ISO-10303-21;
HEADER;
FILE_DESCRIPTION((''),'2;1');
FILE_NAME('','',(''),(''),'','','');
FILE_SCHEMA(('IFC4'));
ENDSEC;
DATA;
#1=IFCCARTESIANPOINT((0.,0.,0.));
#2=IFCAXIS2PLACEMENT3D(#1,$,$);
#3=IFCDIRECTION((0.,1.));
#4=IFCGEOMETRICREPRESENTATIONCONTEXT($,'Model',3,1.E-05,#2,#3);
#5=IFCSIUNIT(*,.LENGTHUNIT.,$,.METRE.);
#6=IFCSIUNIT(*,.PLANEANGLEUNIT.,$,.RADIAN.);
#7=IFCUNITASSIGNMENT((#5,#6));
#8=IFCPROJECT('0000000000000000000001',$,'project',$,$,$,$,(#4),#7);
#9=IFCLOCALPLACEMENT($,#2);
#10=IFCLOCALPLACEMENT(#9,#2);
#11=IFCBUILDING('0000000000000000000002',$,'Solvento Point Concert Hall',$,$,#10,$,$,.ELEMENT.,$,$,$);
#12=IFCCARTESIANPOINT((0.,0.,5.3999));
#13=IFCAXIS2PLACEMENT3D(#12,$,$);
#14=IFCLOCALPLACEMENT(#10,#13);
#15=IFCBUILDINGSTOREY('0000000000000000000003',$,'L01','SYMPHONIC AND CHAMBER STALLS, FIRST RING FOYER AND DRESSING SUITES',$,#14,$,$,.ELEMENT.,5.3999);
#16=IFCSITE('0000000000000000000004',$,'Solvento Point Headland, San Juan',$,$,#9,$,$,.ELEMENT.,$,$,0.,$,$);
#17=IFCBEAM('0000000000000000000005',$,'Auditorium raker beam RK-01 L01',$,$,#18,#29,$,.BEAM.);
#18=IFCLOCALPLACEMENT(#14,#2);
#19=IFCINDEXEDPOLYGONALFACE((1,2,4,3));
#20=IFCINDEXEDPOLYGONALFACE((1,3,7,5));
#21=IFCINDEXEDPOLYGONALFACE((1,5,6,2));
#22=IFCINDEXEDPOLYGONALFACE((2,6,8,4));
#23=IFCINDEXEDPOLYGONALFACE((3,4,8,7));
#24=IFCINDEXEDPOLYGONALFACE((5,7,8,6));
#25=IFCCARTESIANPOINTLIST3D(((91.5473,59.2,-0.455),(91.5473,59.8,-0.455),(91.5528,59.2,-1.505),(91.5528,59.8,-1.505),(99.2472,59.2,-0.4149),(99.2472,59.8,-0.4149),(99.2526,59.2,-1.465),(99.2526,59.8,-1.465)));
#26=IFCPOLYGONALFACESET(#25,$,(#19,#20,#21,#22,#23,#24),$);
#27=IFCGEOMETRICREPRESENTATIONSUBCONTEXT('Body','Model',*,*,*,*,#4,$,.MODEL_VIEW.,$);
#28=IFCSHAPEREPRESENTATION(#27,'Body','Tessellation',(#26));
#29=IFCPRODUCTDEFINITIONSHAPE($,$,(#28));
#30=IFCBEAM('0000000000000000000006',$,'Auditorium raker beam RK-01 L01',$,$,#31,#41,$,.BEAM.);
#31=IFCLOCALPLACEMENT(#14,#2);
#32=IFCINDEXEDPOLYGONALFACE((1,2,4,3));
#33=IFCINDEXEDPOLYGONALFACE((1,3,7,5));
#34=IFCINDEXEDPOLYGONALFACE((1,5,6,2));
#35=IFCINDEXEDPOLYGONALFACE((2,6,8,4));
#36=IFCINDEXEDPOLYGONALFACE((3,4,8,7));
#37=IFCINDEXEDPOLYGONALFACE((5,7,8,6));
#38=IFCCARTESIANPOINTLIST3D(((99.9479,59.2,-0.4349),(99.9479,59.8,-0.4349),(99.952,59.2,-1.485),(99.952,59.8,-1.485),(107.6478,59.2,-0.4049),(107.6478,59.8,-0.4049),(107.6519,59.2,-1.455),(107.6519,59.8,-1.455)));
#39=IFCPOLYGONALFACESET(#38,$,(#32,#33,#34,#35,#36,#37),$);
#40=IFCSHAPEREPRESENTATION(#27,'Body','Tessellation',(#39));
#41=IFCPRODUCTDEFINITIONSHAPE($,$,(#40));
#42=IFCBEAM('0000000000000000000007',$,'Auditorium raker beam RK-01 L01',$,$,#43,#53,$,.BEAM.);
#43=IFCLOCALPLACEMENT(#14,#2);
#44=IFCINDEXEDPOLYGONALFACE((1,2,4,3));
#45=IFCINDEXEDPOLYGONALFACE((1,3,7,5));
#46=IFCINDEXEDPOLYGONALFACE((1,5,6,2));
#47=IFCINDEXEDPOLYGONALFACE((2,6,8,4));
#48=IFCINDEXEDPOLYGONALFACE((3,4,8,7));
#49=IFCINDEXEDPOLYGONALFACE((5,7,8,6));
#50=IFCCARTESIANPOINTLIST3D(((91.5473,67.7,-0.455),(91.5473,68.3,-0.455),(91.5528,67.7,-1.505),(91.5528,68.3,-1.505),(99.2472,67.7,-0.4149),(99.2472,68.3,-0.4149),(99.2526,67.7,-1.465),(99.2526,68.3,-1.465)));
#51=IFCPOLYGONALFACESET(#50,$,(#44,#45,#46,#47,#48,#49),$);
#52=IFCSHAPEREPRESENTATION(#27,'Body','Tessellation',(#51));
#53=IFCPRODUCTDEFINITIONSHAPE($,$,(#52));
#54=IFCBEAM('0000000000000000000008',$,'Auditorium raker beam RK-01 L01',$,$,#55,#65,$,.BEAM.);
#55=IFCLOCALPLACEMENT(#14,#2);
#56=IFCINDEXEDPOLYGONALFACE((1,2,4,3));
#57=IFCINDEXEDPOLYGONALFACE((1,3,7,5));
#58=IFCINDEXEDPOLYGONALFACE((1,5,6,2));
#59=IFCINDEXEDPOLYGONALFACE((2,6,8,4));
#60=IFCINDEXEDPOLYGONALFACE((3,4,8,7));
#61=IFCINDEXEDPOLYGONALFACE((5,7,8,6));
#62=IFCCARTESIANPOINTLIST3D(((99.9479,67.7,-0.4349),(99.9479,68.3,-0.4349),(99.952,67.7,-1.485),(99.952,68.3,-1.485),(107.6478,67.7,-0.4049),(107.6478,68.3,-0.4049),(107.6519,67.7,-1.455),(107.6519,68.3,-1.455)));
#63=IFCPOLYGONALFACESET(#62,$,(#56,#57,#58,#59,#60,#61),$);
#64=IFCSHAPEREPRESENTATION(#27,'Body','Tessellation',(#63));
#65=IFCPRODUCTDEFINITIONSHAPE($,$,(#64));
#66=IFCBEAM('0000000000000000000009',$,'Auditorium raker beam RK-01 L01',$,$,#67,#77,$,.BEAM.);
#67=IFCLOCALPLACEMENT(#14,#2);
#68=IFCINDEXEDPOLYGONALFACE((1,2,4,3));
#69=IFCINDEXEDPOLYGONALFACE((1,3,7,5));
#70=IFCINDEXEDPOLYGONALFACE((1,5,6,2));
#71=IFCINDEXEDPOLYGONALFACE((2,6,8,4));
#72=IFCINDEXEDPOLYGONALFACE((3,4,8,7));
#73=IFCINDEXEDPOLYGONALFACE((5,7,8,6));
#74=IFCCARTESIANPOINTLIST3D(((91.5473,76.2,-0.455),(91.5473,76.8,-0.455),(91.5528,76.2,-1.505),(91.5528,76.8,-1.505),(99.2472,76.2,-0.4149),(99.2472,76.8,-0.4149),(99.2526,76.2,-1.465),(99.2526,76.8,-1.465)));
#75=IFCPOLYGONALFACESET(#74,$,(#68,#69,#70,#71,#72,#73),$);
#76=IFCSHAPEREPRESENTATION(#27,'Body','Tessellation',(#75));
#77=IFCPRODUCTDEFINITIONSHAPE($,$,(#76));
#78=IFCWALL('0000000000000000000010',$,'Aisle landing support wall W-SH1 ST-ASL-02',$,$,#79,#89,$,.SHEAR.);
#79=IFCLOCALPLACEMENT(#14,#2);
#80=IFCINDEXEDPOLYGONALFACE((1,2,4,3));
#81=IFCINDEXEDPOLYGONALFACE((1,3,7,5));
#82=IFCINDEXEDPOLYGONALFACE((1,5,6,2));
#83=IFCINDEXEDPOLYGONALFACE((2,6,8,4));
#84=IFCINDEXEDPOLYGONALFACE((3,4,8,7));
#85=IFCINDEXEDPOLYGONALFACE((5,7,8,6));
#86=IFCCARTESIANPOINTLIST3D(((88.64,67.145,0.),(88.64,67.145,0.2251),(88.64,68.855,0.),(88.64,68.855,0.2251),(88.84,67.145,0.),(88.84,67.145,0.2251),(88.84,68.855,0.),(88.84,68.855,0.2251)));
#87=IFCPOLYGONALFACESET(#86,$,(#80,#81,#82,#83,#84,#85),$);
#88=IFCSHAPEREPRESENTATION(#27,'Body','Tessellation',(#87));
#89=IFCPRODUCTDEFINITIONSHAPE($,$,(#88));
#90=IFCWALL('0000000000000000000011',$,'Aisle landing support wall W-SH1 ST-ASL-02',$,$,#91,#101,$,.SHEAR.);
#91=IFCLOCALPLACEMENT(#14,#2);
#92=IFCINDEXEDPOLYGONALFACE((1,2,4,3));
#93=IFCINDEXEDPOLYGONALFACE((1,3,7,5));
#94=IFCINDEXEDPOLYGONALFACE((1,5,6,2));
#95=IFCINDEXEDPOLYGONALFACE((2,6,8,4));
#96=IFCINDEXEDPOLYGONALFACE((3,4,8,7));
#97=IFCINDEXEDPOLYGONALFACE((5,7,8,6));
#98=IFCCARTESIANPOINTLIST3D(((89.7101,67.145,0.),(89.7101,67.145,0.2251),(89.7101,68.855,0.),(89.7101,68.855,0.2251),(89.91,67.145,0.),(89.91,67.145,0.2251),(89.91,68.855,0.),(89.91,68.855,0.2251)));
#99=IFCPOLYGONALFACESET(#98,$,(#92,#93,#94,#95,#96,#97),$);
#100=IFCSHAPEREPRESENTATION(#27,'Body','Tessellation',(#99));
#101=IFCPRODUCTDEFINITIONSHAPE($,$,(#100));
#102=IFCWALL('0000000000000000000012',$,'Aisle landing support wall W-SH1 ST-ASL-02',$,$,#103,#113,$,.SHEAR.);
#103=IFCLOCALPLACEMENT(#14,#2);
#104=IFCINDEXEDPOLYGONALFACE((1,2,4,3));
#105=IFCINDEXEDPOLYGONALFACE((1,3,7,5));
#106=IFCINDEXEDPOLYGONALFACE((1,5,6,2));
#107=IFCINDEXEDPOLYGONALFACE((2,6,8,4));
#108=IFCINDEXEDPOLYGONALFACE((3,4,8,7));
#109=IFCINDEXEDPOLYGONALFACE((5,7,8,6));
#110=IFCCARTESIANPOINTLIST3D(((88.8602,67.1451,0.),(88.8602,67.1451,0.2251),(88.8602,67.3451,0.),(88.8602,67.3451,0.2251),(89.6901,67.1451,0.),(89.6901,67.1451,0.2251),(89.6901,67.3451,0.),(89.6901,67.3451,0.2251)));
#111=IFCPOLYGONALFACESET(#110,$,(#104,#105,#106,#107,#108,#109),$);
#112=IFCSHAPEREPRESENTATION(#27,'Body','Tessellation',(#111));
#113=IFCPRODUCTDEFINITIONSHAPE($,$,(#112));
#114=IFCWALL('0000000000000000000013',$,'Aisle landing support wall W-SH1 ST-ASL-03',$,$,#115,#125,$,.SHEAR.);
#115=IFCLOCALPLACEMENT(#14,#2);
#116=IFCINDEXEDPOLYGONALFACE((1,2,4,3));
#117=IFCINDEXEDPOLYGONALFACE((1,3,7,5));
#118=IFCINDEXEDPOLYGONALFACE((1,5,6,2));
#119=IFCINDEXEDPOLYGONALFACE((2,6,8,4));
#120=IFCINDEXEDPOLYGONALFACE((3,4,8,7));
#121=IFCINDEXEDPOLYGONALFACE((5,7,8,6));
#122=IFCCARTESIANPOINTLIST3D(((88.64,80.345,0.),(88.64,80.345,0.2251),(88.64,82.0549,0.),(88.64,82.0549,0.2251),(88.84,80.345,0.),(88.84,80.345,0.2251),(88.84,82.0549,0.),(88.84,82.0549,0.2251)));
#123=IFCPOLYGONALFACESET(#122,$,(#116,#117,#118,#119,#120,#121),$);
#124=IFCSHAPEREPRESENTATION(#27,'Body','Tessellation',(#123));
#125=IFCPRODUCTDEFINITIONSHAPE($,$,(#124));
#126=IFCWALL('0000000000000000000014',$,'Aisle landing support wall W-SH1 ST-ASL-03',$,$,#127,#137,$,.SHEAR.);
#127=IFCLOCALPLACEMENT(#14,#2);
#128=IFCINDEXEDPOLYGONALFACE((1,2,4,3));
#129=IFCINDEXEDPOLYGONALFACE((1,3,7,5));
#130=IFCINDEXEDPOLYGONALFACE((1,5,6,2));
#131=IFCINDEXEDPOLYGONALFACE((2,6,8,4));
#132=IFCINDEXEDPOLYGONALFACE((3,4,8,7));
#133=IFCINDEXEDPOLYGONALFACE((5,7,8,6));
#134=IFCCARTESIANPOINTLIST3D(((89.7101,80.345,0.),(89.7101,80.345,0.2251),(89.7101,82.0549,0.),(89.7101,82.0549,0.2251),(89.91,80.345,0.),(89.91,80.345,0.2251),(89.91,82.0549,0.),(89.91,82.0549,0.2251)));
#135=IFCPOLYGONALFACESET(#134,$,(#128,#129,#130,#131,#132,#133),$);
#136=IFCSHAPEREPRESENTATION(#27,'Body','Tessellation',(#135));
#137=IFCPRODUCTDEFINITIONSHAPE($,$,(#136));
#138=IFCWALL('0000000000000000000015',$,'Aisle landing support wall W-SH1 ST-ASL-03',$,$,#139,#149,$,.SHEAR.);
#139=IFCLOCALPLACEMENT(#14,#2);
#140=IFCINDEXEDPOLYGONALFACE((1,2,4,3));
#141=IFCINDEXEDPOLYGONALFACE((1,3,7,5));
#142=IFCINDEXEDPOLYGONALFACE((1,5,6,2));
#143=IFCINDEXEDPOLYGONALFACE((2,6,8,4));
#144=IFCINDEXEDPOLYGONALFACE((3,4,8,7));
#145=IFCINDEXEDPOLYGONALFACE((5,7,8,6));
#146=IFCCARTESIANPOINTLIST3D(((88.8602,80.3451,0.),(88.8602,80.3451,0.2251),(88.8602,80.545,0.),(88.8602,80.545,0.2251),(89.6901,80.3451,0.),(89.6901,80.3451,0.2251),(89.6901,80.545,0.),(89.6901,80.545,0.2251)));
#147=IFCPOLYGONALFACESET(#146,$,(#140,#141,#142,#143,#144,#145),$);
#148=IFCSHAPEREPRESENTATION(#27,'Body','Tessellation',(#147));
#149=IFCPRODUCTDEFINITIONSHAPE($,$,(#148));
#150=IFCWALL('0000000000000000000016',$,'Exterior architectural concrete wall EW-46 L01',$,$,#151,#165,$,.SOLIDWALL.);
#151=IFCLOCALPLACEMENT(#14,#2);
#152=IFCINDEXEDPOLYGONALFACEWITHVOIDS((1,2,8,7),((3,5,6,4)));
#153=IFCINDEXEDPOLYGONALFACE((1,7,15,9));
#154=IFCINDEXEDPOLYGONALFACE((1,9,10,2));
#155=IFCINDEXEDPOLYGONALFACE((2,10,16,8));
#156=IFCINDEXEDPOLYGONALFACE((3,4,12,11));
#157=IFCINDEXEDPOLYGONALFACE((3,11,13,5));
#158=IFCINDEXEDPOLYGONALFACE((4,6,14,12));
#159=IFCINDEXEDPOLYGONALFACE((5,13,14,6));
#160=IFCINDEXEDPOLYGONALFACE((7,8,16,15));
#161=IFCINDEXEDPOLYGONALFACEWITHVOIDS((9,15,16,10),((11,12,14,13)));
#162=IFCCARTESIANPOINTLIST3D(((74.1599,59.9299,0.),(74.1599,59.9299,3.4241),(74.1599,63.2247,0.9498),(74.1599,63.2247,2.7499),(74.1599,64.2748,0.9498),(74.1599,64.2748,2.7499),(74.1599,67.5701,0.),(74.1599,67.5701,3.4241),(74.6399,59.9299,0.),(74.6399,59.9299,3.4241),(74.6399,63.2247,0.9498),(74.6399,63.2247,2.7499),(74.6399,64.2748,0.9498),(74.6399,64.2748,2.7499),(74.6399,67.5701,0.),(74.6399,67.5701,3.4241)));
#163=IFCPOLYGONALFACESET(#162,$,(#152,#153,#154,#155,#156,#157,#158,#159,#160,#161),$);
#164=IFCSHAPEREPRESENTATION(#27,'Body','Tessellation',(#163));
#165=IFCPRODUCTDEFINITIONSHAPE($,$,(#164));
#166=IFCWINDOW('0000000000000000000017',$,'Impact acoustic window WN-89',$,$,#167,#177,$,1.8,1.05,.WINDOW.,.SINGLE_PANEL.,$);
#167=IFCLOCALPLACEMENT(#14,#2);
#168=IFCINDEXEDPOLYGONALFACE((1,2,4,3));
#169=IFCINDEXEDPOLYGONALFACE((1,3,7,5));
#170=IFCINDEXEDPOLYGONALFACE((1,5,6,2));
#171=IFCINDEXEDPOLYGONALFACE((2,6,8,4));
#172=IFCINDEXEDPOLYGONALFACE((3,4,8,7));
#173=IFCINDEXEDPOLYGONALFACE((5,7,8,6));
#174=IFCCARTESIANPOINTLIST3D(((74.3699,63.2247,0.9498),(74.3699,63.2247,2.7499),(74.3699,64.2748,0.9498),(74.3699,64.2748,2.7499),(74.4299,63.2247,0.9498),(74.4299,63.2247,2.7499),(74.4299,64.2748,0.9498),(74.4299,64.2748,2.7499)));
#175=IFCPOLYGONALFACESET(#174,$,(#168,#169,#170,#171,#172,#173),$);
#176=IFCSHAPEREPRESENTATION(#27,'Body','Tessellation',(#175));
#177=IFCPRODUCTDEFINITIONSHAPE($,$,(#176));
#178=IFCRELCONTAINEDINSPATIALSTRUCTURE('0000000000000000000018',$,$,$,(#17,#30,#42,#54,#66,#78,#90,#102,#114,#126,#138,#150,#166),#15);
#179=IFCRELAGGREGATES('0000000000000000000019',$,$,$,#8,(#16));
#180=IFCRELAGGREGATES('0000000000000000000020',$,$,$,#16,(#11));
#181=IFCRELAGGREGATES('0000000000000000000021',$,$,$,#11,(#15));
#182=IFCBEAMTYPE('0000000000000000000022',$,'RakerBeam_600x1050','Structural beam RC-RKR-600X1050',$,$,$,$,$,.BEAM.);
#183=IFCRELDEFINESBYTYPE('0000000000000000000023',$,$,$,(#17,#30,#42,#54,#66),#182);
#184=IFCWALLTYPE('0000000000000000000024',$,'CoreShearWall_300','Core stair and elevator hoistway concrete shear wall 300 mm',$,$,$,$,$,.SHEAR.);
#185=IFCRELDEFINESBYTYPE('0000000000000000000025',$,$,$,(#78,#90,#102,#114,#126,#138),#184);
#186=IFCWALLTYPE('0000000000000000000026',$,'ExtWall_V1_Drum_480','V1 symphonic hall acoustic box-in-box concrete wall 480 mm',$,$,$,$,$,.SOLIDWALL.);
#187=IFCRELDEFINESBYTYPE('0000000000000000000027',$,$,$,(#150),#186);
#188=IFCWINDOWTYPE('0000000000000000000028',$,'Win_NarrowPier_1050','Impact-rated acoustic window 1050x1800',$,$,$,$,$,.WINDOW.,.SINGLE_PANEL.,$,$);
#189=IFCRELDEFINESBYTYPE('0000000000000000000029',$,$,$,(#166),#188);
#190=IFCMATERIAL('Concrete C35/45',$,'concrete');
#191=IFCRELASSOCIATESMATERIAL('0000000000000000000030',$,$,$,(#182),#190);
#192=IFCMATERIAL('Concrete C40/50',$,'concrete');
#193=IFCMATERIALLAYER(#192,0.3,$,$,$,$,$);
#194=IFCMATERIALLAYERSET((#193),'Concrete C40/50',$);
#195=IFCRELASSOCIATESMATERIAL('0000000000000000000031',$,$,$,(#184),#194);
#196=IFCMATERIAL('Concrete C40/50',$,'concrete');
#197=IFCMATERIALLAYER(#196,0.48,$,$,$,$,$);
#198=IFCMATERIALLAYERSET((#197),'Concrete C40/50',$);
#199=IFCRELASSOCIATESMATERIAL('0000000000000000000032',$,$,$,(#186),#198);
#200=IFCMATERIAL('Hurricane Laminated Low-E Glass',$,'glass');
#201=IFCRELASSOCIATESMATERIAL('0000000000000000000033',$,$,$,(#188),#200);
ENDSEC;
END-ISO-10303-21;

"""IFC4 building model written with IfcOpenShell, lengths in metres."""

from ifc_helpers import new_model, si_unit, direction, frame, frame_2d, origin, origin_2d, place, context, subcontext, project, spatial, rectangle, extrude, material, layer, layer_set, material_profile, profile_set, type_object, element, fill, save


model = new_model("IFC4")

# Units and contexts
model_context = context("Model", 3, precision=1e-05, world=origin(), true_north=direction((0.0, 1.0)))
body_context = subcontext(model_context, "Body", "Model", "MODEL_VIEW")
ifc_project = project(units=[si_unit("LENGTHUNIT", "METRE"), si_unit("PLANEANGLEUNIT", "RADIAN")], contexts=[model_context])

# Site, building, storey
site_placement = place(None, origin())
site = spatial("IfcSite", under=ifc_project, at=site_placement, Name="Solvento Point Headland, San Juan", CompositionType="ELEMENT", RefElevation=0.0)
building_placement = place(site_placement, origin())
building = spatial("IfcBuilding", under=site, at=building_placement, Name="Solvento Point Concert Hall", CompositionType="ELEMENT")
storey_placement = place(building_placement, frame((0.0, 0.0, 5.3999)))
storey = spatial("IfcBuildingStorey", under=building, at=storey_placement, Name="L01", Description="SYMPHONIC AND CHAMBER STALLS, FIRST RING FOYER AND DRESSING SUITES", CompositionType="ELEMENT", Elevation=5.3999)

# Beams
ifc_material_1 = material(Name="Concrete C35/45", Category="concrete")
ifc_material_profile_1 = material_profile(ifc_material_1, rectangle(XDim=0.6001, YDim=1.05, at=origin_2d()), Name="RC-RKR-600X1050")
ifc_profile_set_1 = profile_set([ifc_material_profile_1], Name="Concrete C35/45")
beam_type_1 = type_object("IfcBeamType", Name="RakerBeam_600x1050", Description="Structural beam RC-RKR-600X1050", PredefinedType="BEAM", material=ifc_profile_set_1)
for number, where, z_axis, x_axis, name in (
    (1, (91.55, 59.5, -0.98), (0.999986, 0.0, 0.0052), (0.0, 1.0, 0.0), "Auditorium raker beam RK-01 L01"),
    (2, (99.95, 59.5, -0.96), (0.999992, 0.0, 0.0039), (0.0, 1.0, 0.0), "Auditorium raker beam RK-01 L01"),
    (3, (91.55, 68.0, -0.98), (0.999986, 0.0, 0.0052), (0.0, 1.0, 0.0), "Auditorium raker beam RK-01 L01"),
    (4, (99.95, 68.0, -0.96), (0.999992, 0.0, 0.0039), (0.0, 1.0, 0.0), "Auditorium raker beam RK-01 L01"),
    (5, (91.55, 76.5, -0.98), (0.999986, 0.0, 0.0052), (0.0, 1.0, 0.0), "Auditorium raker beam RK-01 L01"),
):
    element("IfcBeam", number, at=place(storey_placement, frame(where, z_axis=z_axis, x_axis=x_axis)), inside=storey, type_object=beam_type_1, Name=name, PredefinedType="BEAM", context=body_context, shape_type="SweptSolid", body=[
        extrude(rectangle(XDim=0.6001, YDim=1.05, at=origin_2d()), origin(), (0.0, 0.0, 1.0), 7.7),
    ])

# Walls
ifc_material_2 = material(Name="Concrete C40/50", Category="concrete")
ifc_layer_1 = layer(ifc_material_2, 0.3)
ifc_layer_set_1 = layer_set([ifc_layer_1], Name="Concrete C40/50")
wall_type_1 = type_object("IfcWallType", Name="CoreShearWall_300", Description="Core stair and elevator hoistway concrete shear wall 300 mm", PredefinedType="SHEAR", material=ifc_layer_set_1)
for number, where, z_axis, x_axis, name in (
    (6, (88.74, 67.145, 0.0), (0.0, 0.0, 1.0), (0.0, 1.0, 0.0), "Aisle landing support wall W-SH1 ST-ASL-02"),
    (7, (89.8101, 67.145, 0.0), (0.0, 0.0, 1.0), (0.0, 1.0, 0.0), "Aisle landing support wall W-SH1 ST-ASL-02"),
):
    element("IfcWall", number, at=place(storey_placement, frame(where, z_axis=z_axis, x_axis=x_axis)), inside=storey, type_object=wall_type_1, Name=name, PredefinedType="SHEAR", context=body_context, shape_type="SweptSolid", body=[
        extrude(rectangle(XDim=1.71, YDim=0.2, at=frame_2d((0.855, 0.0))), origin(), (0.0, 0.0, 1.0), 0.2251),
    ])
wall_1_placement = place(storey_placement, frame((88.8601, 67.2451, 0.0), z_axis=(0.0, 0.0, 1.0), x_axis=(1.0, 0.0, 0.0)))
element("IfcWall", 8, at=wall_1_placement, inside=storey, type_object=wall_type_1, Name="Aisle landing support wall W-SH1 ST-ASL-02", PredefinedType="SHEAR", context=body_context, shape_type="SweptSolid", body=[
    extrude(rectangle(XDim=0.8298, YDim=0.2, at=frame_2d((0.415, 0.0))), origin(), (0.0, 0.0, 1.0), 0.2251),
])
for number, where, z_axis, x_axis, name in (
    (9, (88.74, 80.345, 0.0), (0.0, 0.0, 1.0), (0.0, 1.0, 0.0), "Aisle landing support wall W-SH1 ST-ASL-03"),
    (10, (89.8101, 80.345, 0.0), (0.0, 0.0, 1.0), (0.0, 1.0, 0.0), "Aisle landing support wall W-SH1 ST-ASL-03"),
):
    element("IfcWall", number, at=place(storey_placement, frame(where, z_axis=z_axis, x_axis=x_axis)), inside=storey, type_object=wall_type_1, Name=name, PredefinedType="SHEAR", context=body_context, shape_type="SweptSolid", body=[
        extrude(rectangle(XDim=1.71, YDim=0.2, at=frame_2d((0.855, 0.0))), origin(), (0.0, 0.0, 1.0), 0.2251),
    ])
wall_2_placement = place(storey_placement, frame((88.8601, 80.4451, 0.0), z_axis=(0.0, 0.0, 1.0), x_axis=(1.0, 0.0, 0.0)))
element("IfcWall", 11, at=wall_2_placement, inside=storey, type_object=wall_type_1, Name="Aisle landing support wall W-SH1 ST-ASL-03", PredefinedType="SHEAR", context=body_context, shape_type="SweptSolid", body=[
    extrude(rectangle(XDim=0.8298, YDim=0.2, at=frame_2d((0.415, 0.0))), origin(), (0.0, 0.0, 1.0), 0.2251),
])

# Wall, opening, window
ifc_material_3 = material(Name="Concrete C40/50", Category="concrete")
ifc_layer_2 = layer(ifc_material_3, 0.48)
ifc_layer_set_2 = layer_set([ifc_layer_2], Name="Concrete C40/50")
wall_type_2 = type_object("IfcWallType", Name="ExtWall_V1_Drum_480", Description="V1 symphonic hall acoustic box-in-box concrete wall 480 mm", PredefinedType="SOLIDWALL", material=ifc_layer_set_2)
wall_3_placement = place(storey_placement, frame((74.3999, 59.9299, 0.0), z_axis=(0.0, 0.0, 1.0), x_axis=(0.0, 1.0, 0.0)))
wall_3 = element("IfcWall", 12, at=wall_3_placement, inside=storey, type_object=wall_type_2, Name="Exterior architectural concrete wall EW-46 L01", PredefinedType="SOLIDWALL", context=body_context, shape_type="SweptSolid", body=[
    extrude(rectangle(XDim=7.6401, YDim=0.48, at=frame_2d((3.8201, 0.0))), origin(), (0.0, 0.0, 1.0), 3.4241),
])
opening_1_placement = place(wall_3_placement, frame((3.2949, 0.0, 0.95)))
opening_1 = element("IfcOpeningElement", 13, at=opening_1_placement, cuts=wall_3, PredefinedType="OPENING", context=body_context, shape_type="SweptSolid", body=[
    extrude(rectangle(XDim=1.05, YDim=1.8, at=frame_2d((0.5249, 0.8999))), frame((0.0, 0.25, 0.0), z_axis=(0.0, -1.0, 0.0), x_axis=(1.0, 0.0, 0.0)), (0.0, 0.0, 1.0), 0.5),
])
ifc_material_4 = material(Name="Hurricane Laminated Low-E Glass", Category="glass")
window_type_1 = type_object("IfcWindowType", Name="Win_NarrowPier_1050", Description="Impact-rated acoustic window 1050x1800", PartitioningType="SINGLE_PANEL", PredefinedType="WINDOW", material=ifc_material_4)
window_1_placement = place(opening_1_placement, origin())
window_1 = element("IfcWindow", 14, at=window_1_placement, inside=storey, type_object=window_type_1, Name="Impact acoustic window WN-89", OverallHeight=1.8, OverallWidth=1.05, PartitioningType="SINGLE_PANEL", PredefinedType="WINDOW", context=body_context, shape_type="SweptSolid", body=[
    extrude(rectangle(XDim=1.05, YDim=1.8, at=frame_2d((0.5249, 0.8999))), frame((0.0, 0.03, 0.0), z_axis=(0.0, -1.0, 0.0), x_axis=(1.0, 0.0, 0.0)), (0.0, 0.0, 1.0), 0.0601),
])
fill(opening_1, window_1)

save(model, "model.ifc")
